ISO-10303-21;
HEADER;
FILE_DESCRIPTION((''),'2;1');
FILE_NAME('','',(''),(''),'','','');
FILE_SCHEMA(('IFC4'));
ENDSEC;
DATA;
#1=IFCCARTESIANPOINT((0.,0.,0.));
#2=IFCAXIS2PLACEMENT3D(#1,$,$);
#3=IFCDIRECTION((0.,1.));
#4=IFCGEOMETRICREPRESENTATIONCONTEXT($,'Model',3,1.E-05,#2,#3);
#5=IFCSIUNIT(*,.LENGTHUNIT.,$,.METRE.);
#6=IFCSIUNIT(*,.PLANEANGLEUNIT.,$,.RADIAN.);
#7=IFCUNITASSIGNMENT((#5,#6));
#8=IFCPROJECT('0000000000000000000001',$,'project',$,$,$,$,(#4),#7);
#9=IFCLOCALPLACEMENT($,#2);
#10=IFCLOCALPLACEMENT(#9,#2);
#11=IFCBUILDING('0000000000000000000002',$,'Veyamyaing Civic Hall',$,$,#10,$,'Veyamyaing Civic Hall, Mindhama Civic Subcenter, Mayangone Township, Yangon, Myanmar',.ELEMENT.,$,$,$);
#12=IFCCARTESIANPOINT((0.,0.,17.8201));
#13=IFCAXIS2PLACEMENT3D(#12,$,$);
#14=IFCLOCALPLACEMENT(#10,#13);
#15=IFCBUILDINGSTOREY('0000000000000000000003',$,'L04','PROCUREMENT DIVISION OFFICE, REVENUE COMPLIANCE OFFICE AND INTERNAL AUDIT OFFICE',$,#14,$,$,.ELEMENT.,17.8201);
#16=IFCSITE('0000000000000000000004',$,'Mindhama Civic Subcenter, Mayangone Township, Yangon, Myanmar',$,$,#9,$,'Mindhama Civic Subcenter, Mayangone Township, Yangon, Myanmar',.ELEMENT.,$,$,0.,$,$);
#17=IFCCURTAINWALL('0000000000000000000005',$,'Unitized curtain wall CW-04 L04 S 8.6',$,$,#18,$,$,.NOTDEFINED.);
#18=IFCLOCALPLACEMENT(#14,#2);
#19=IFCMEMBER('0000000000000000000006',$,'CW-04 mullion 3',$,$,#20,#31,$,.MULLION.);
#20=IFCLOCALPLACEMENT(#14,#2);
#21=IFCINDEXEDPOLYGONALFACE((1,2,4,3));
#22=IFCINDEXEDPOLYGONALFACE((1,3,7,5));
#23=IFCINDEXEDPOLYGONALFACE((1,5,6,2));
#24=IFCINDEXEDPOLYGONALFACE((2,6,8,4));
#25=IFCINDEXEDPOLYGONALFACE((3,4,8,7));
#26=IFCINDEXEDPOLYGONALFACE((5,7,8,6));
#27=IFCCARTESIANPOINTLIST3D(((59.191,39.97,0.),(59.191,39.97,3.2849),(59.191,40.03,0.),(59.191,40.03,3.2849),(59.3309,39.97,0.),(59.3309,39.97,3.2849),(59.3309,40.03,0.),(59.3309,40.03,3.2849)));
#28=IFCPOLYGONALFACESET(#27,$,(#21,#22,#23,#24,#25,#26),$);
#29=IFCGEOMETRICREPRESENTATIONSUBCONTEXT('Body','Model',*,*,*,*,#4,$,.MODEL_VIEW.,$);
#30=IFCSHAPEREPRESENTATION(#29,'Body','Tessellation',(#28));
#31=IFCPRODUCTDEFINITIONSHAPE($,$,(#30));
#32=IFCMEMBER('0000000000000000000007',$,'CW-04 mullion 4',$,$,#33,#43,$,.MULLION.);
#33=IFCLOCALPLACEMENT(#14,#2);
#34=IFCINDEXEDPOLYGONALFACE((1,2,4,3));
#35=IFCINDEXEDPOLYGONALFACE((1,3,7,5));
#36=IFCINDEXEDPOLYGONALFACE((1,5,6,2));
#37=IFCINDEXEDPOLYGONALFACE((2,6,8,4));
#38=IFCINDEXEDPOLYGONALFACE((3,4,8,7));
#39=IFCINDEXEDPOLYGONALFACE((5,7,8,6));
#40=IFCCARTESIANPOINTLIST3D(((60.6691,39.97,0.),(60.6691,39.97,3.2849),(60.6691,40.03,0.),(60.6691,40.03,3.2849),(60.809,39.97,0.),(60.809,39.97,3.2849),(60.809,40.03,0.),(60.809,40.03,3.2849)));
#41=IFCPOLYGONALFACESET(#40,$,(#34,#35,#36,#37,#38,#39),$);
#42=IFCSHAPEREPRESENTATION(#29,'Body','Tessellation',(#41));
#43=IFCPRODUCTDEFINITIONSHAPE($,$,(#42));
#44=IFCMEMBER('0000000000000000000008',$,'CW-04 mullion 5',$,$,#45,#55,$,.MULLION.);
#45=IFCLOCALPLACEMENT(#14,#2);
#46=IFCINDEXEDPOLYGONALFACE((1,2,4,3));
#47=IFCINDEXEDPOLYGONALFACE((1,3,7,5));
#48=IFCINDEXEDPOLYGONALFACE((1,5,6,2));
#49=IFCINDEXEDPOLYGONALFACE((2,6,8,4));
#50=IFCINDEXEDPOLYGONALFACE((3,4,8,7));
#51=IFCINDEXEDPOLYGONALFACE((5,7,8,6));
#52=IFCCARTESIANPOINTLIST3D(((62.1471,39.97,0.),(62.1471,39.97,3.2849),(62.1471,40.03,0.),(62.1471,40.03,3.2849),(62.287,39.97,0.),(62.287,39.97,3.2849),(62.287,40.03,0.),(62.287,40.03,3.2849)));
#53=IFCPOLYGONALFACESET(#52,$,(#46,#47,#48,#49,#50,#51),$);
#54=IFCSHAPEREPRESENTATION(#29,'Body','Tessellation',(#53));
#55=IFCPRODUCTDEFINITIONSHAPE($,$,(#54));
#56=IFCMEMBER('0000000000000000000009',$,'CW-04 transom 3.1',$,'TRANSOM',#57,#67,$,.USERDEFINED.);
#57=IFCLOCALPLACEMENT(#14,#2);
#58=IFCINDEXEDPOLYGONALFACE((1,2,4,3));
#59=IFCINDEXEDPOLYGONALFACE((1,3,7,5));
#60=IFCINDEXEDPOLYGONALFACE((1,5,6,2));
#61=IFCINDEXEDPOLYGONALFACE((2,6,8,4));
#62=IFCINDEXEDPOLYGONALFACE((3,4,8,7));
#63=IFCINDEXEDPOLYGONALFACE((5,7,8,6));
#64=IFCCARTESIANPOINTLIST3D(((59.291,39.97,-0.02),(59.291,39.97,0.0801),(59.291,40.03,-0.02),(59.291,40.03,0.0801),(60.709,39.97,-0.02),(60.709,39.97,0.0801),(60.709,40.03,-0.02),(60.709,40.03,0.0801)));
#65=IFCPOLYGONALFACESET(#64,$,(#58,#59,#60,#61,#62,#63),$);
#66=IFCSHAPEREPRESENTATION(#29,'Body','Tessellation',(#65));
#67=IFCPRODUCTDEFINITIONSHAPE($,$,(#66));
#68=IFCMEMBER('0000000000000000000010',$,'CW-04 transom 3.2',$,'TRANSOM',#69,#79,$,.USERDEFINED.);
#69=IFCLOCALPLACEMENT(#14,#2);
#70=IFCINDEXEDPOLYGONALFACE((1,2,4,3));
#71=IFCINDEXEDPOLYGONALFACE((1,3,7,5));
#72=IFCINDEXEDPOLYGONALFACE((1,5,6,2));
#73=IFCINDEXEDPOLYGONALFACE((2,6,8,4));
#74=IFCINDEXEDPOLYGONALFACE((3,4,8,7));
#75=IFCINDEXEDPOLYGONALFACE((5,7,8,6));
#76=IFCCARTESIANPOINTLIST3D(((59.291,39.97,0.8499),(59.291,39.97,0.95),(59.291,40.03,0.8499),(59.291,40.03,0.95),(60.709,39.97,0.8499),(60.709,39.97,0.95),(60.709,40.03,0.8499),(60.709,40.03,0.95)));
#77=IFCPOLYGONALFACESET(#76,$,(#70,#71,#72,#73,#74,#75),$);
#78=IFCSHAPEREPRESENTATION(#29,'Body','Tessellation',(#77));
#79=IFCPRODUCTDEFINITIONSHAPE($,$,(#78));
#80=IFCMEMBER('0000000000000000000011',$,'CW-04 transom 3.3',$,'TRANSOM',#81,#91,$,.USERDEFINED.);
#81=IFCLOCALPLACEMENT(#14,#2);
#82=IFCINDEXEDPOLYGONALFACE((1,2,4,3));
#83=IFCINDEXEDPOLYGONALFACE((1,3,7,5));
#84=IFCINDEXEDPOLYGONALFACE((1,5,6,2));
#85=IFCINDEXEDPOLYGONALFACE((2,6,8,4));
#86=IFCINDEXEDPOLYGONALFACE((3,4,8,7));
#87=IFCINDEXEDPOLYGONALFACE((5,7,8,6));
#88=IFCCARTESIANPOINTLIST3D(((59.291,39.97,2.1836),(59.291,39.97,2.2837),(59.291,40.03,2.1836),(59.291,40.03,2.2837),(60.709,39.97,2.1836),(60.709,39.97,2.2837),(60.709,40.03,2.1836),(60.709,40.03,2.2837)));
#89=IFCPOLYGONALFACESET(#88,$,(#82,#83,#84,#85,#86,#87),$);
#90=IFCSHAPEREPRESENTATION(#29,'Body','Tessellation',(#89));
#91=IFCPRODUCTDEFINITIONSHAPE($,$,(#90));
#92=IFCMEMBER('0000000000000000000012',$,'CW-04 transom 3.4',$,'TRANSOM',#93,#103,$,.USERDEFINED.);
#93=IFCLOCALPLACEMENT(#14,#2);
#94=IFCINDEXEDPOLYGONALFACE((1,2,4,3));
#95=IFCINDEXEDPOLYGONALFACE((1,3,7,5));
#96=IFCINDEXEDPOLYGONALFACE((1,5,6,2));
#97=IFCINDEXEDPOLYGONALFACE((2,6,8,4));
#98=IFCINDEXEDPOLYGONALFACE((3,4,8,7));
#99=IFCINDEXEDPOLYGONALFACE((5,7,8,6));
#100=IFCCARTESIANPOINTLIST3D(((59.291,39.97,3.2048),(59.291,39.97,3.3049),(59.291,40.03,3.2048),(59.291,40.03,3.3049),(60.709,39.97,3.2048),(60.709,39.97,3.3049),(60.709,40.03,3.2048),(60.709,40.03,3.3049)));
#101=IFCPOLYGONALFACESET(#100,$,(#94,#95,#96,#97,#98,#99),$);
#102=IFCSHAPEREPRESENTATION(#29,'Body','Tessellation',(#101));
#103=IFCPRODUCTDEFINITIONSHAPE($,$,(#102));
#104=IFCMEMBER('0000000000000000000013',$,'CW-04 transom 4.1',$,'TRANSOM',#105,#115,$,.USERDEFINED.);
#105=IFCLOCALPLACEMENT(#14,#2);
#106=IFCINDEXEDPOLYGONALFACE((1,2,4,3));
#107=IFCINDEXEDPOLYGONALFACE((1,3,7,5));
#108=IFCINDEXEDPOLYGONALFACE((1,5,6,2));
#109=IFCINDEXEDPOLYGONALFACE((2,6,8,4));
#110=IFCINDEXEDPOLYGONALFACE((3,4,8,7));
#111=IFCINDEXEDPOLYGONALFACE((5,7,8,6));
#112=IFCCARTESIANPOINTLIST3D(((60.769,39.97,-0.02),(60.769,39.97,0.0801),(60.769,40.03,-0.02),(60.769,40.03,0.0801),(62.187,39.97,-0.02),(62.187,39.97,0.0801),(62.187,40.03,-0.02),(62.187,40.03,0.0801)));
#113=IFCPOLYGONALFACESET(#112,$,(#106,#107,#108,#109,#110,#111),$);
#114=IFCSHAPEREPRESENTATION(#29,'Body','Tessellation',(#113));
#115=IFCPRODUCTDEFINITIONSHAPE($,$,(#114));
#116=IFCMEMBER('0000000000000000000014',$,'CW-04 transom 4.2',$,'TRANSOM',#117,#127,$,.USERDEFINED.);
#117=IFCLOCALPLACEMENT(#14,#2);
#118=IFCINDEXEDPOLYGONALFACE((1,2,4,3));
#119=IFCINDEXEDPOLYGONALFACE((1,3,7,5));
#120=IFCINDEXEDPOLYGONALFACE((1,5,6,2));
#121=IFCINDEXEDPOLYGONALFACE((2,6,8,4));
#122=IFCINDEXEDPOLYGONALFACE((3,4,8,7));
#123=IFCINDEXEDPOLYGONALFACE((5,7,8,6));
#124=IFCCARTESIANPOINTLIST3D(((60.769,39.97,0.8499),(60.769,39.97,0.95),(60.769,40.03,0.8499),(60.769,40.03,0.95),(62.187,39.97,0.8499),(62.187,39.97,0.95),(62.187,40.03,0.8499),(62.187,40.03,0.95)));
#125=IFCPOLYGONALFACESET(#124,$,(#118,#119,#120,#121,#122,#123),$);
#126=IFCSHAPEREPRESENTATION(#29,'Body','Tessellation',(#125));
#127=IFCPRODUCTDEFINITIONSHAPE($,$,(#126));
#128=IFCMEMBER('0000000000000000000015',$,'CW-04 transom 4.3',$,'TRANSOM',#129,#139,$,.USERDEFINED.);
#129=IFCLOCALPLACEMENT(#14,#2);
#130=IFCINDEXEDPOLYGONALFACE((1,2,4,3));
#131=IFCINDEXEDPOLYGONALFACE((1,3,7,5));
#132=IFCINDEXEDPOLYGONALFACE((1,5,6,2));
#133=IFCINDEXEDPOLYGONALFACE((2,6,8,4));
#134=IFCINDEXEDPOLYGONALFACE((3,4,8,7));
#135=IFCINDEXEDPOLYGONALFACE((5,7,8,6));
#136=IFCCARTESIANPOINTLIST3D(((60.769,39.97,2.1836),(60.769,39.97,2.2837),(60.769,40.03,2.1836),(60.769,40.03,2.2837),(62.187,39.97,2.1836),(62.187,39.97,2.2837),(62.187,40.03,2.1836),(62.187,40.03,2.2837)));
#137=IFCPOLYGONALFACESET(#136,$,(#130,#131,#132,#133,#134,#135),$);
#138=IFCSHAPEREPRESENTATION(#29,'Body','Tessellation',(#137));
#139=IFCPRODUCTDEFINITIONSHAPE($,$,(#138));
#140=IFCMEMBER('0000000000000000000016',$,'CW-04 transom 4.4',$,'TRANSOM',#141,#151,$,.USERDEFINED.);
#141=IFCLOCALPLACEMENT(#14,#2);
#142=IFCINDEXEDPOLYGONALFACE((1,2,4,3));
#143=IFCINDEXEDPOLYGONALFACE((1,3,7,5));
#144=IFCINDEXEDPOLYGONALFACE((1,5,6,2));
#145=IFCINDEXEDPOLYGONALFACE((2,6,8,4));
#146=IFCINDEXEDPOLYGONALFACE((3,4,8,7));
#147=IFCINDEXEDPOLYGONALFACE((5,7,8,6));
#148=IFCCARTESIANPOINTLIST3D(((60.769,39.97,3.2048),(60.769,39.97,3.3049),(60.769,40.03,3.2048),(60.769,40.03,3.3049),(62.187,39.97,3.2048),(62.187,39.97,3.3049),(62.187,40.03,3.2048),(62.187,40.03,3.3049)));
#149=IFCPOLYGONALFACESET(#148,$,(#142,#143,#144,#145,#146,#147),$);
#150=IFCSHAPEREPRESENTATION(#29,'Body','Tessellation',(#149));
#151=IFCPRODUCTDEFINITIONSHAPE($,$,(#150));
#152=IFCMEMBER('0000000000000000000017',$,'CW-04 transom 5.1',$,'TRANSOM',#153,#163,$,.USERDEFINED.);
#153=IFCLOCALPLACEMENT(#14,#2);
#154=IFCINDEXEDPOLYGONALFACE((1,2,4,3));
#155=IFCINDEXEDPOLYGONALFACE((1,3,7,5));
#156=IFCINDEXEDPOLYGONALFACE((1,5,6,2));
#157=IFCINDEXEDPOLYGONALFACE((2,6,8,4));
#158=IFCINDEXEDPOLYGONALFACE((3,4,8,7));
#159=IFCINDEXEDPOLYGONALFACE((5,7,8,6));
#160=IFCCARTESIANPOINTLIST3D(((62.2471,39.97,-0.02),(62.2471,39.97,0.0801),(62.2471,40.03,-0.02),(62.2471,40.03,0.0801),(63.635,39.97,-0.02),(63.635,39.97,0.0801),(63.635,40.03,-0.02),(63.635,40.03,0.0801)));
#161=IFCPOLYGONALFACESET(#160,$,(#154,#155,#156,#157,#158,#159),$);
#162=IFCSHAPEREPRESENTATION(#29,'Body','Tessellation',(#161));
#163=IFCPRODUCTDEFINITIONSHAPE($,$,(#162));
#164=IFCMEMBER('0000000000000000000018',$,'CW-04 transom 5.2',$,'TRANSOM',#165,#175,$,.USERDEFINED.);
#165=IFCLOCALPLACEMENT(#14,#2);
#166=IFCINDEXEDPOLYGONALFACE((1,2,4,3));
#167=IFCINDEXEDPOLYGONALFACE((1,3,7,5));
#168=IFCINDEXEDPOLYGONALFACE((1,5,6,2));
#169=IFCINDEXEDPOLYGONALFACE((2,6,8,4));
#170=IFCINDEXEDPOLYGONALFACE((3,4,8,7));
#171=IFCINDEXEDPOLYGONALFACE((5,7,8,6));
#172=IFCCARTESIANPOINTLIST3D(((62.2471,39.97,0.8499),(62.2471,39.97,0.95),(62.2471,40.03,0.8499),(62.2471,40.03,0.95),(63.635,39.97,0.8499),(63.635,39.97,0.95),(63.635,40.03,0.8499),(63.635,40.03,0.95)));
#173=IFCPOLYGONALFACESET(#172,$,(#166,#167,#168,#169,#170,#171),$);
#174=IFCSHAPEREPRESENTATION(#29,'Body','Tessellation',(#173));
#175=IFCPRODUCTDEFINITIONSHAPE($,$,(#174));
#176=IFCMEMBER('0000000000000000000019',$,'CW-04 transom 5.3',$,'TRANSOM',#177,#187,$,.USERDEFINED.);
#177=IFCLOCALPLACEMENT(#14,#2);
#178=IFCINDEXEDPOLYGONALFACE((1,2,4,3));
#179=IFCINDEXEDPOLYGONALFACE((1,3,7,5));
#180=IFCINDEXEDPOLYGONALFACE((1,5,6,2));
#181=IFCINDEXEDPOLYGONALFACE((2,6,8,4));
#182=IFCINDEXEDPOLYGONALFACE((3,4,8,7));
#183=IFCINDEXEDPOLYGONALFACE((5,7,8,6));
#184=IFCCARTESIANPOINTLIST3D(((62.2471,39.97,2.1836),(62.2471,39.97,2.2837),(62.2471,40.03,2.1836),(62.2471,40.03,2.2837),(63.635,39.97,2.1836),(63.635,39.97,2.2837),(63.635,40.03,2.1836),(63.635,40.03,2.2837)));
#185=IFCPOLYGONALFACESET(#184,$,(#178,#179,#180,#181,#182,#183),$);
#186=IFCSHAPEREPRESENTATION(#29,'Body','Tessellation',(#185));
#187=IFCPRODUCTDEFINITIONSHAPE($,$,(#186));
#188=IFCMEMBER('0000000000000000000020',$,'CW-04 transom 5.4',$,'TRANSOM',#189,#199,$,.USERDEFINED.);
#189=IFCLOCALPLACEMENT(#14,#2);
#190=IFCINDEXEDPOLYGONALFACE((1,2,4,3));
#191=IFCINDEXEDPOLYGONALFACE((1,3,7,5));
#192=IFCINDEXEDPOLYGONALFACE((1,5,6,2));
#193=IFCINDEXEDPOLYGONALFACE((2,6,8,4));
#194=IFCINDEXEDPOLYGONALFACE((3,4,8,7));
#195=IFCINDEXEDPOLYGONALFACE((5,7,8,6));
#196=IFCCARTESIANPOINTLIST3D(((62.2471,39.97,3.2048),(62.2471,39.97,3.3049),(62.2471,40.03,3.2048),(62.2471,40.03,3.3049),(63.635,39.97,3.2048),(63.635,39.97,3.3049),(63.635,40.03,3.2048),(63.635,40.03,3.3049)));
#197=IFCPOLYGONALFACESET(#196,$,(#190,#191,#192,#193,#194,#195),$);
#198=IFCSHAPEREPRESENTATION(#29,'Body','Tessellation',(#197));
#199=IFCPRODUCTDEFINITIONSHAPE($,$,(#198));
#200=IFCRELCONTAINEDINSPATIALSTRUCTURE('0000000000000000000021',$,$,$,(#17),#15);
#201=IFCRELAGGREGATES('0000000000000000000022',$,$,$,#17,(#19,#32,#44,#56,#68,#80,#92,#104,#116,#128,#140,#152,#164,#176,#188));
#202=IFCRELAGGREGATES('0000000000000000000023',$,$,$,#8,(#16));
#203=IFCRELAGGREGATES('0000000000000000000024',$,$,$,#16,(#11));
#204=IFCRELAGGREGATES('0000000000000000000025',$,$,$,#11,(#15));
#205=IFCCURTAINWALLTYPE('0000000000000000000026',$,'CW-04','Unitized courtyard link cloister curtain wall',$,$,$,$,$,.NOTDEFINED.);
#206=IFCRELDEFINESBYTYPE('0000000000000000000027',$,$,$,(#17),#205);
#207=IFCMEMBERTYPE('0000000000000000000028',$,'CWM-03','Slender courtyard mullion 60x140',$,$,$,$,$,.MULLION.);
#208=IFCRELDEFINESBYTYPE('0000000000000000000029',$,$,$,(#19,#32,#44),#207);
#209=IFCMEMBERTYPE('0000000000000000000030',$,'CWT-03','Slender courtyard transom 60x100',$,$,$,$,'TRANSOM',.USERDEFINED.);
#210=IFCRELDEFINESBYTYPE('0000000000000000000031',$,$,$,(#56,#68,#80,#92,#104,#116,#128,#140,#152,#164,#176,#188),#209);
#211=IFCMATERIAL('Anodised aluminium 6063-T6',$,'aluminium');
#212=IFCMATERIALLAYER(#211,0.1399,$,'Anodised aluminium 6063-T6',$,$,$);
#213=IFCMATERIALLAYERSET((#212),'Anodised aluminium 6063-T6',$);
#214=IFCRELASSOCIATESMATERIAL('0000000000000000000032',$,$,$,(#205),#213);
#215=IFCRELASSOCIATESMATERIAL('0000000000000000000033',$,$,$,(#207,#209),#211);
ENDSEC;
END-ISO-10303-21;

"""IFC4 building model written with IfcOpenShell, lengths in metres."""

from ifc_helpers import new_model, si_unit, direction, frame, origin, origin_2d, place, context, subcontext, project, spatial, rectangle, extrude, material, layer, layer_set, material_profile, profile_set, type_object, element, aggregate, save


model = new_model("IFC4")

# Units and contexts
model_context = context("Model", 3, precision=1e-05, world=origin(), true_north=direction((0.0, 1.0)))
body_context = subcontext(model_context, "Body", "Model", "MODEL_VIEW")
ifc_project = project(units=[si_unit("LENGTHUNIT", "METRE"), si_unit("PLANEANGLEUNIT", "RADIAN")], contexts=[model_context])

# Site, building, storey
site_placement = place(None, origin())
site = spatial("IfcSite", under=ifc_project, at=site_placement, Name="Mindhama Civic Subcenter, Mayangone Township, Yangon, Myanmar", LongName="Mindhama Civic Subcenter, Mayangone Township, Yangon, Myanmar", CompositionType="ELEMENT", RefElevation=0.0)
building_placement = place(site_placement, origin())
building = spatial("IfcBuilding", under=site, at=building_placement, Name="Veyamyaing Civic Hall", LongName="Veyamyaing Civic Hall, Mindhama Civic Subcenter, Mayangone Township, Yangon, Myanmar", CompositionType="ELEMENT")
storey_placement = place(building_placement, frame((0.0, 0.0, 17.8201)))
storey = spatial("IfcBuildingStorey", under=building, at=storey_placement, Name="L04", Description="PROCUREMENT DIVISION OFFICE, REVENUE COMPLIANCE OFFICE AND INTERNAL AUDIT OFFICE", CompositionType="ELEMENT", Elevation=17.8201)

# Curtain wall, members
ifc_material_1 = material(Name="Anodised aluminium 6063-T6", Category="aluminium")
ifc_layer_1 = layer(ifc_material_1, 0.1399, Name="Anodised aluminium 6063-T6")
ifc_layer_set_1 = layer_set([ifc_layer_1], Name="Anodised aluminium 6063-T6")
curtain_wall_type = type_object("IfcCurtainWallType", Name="CW-04", Description="Unitized courtyard link cloister curtain wall", PredefinedType="NOTDEFINED", material=ifc_layer_set_1)
curtain_wall_placement = place(storey_placement, origin())
curtain_wall = element("IfcCurtainWall", 1, at=curtain_wall_placement, inside=storey, type_object=curtain_wall_type, Name="Unitized curtain wall CW-04 L04 S 8.6", PredefinedType="NOTDEFINED")
ifc_material_profile_1 = material_profile(ifc_material_1, rectangle(XDim=0.0601, YDim=0.1399, at=origin_2d()), Name="ALU-MUL-60X140")
ifc_profile_set_1 = profile_set([ifc_material_profile_1], Name="Anodised aluminium 6063-T6")
member_type_1 = type_object("IfcMemberType", Name="CWM-03", Description="Slender courtyard mullion 60x140", PredefinedType="MULLION", material=ifc_profile_set_1)
member_1_placement = place(storey_placement, frame((59.261, 40.0, 0.0), z_axis=(0.0, 0.0, 1.0), x_axis=(0.0, 1.0, 0.0)))
member_1 = element("IfcMember", 2, at=member_1_placement, type_object=member_type_1, Name="CW-04 mullion 3", PredefinedType="MULLION", context=body_context, shape_type="SweptSolid", body=[
    extrude(rectangle(XDim=0.0601, YDim=0.1399, at=origin_2d()), origin(), (0.0, 0.0, 1.0), 3.2849),
])
member_2_placement = place(storey_placement, frame((60.739, 40.0, 0.0), z_axis=(0.0, 0.0, 1.0), x_axis=(0.0, 1.0, 0.0)))
member_2 = element("IfcMember", 3, at=member_2_placement, type_object=member_type_1, Name="CW-04 mullion 4", PredefinedType="MULLION", context=body_context, shape_type="SweptSolid", body=[
    extrude(rectangle(XDim=0.0601, YDim=0.1399, at=origin_2d()), origin(), (0.0, 0.0, 1.0), 3.2849),
])
member_3_placement = place(storey_placement, frame((62.217, 40.0, 0.0), z_axis=(0.0, 0.0, 1.0), x_axis=(0.0, 1.0, 0.0)))
member_3 = element("IfcMember", 4, at=member_3_placement, type_object=member_type_1, Name="CW-04 mullion 5", PredefinedType="MULLION", context=body_context, shape_type="SweptSolid", body=[
    extrude(rectangle(XDim=0.0601, YDim=0.1399, at=origin_2d()), origin(), (0.0, 0.0, 1.0), 3.2849),
])
ifc_material_profile_2 = material_profile(ifc_material_1, rectangle(XDim=0.0601, YDim=0.1001, at=origin_2d()), Name="ALU-TRN-60X100")
ifc_profile_set_2 = profile_set([ifc_material_profile_2], Name="Anodised aluminium 6063-T6")
member_type_2 = type_object("IfcMemberType", Name="CWT-03", Description="Slender courtyard transom 60x100", ElementType="TRANSOM", PredefinedType="USERDEFINED", material=ifc_profile_set_2)
member_4_placement = place(storey_placement, frame((59.291, 40.0, 0.03), z_axis=(1.0, 0.0, 0.0), x_axis=(0.0, 1.0, 0.0)))
member_4 = element("IfcMember", 5, at=member_4_placement, type_object=member_type_2, Name="CW-04 transom 3.1", ObjectType="TRANSOM", PredefinedType="USERDEFINED", context=body_context, shape_type="SweptSolid", body=[
    extrude(rectangle(XDim=0.0601, YDim=0.1001, at=origin_2d()), origin(), (0.0, 0.0, 1.0), 1.418),
])
member_5_placement = place(storey_placement, frame((59.291, 40.0, 0.8999), z_axis=(1.0, 0.0, 0.0), x_axis=(0.0, 1.0, 0.0)))
member_5 = element("IfcMember", 6, at=member_5_placement, type_object=member_type_2, Name="CW-04 transom 3.2", ObjectType="TRANSOM", PredefinedType="USERDEFINED", context=body_context, shape_type="SweptSolid", body=[
    extrude(rectangle(XDim=0.0601, YDim=0.1001, at=origin_2d()), origin(), (0.0, 0.0, 1.0), 1.418),
])
member_6_placement = place(storey_placement, frame((59.291, 40.0, 2.2336), z_axis=(1.0, 0.0, 0.0), x_axis=(0.0, 1.0, 0.0)))
member_6 = element("IfcMember", 7, at=member_6_placement, type_object=member_type_2, Name="CW-04 transom 3.3", ObjectType="TRANSOM", PredefinedType="USERDEFINED", context=body_context, shape_type="SweptSolid", body=[
    extrude(rectangle(XDim=0.0601, YDim=0.1001, at=origin_2d()), origin(), (0.0, 0.0, 1.0), 1.418),
])
member_7_placement = place(storey_placement, frame((59.291, 40.0, 3.2549), z_axis=(1.0, 0.0, 0.0), x_axis=(0.0, 1.0, 0.0)))
member_7 = element("IfcMember", 8, at=member_7_placement, type_object=member_type_2, Name="CW-04 transom 3.4", ObjectType="TRANSOM", PredefinedType="USERDEFINED", context=body_context, shape_type="SweptSolid", body=[
    extrude(rectangle(XDim=0.0601, YDim=0.1001, at=origin_2d()), origin(), (0.0, 0.0, 1.0), 1.418),
])
member_8_placement = place(storey_placement, frame((60.769, 40.0, 0.03), z_axis=(1.0, 0.0, 0.0), x_axis=(0.0, 1.0, 0.0)))
member_8 = element("IfcMember", 9, at=member_8_placement, type_object=member_type_2, Name="CW-04 transom 4.1", ObjectType="TRANSOM", PredefinedType="USERDEFINED", context=body_context, shape_type="SweptSolid", body=[
    extrude(rectangle(XDim=0.0601, YDim=0.1001, at=origin_2d()), origin(), (0.0, 0.0, 1.0), 1.418),
])
member_9_placement = place(storey_placement, frame((60.769, 40.0, 0.8999), z_axis=(1.0, 0.0, 0.0), x_axis=(0.0, 1.0, 0.0)))
member_9 = element("IfcMember", 10, at=member_9_placement, type_object=member_type_2, Name="CW-04 transom 4.2", ObjectType="TRANSOM", PredefinedType="USERDEFINED", context=body_context, shape_type="SweptSolid", body=[
    extrude(rectangle(XDim=0.0601, YDim=0.1001, at=origin_2d()), origin(), (0.0, 0.0, 1.0), 1.418),
])
member_10_placement = place(storey_placement, frame((60.769, 40.0, 2.2336), z_axis=(1.0, 0.0, 0.0), x_axis=(0.0, 1.0, 0.0)))
member_10 = element("IfcMember", 11, at=member_10_placement, type_object=member_type_2, Name="CW-04 transom 4.3", ObjectType="TRANSOM", PredefinedType="USERDEFINED", context=body_context, shape_type="SweptSolid", body=[
    extrude(rectangle(XDim=0.0601, YDim=0.1001, at=origin_2d()), origin(), (0.0, 0.0, 1.0), 1.418),
])
member_11_placement = place(storey_placement, frame((60.769, 40.0, 3.2549), z_axis=(1.0, 0.0, 0.0), x_axis=(0.0, 1.0, 0.0)))
member_11 = element("IfcMember", 12, at=member_11_placement, type_object=member_type_2, Name="CW-04 transom 4.4", ObjectType="TRANSOM", PredefinedType="USERDEFINED", context=body_context, shape_type="SweptSolid", body=[
    extrude(rectangle(XDim=0.0601, YDim=0.1001, at=origin_2d()), origin(), (0.0, 0.0, 1.0), 1.418),
])
member_12_placement = place(storey_placement, frame((62.2471, 40.0, 0.03), z_axis=(1.0, 0.0, 0.0), x_axis=(0.0, 1.0, 0.0)))
member_12 = element("IfcMember", 13, at=member_12_placement, type_object=member_type_2, Name="CW-04 transom 5.1", ObjectType="TRANSOM", PredefinedType="USERDEFINED", context=body_context, shape_type="SweptSolid", body=[
    extrude(rectangle(XDim=0.0601, YDim=0.1001, at=origin_2d()), origin(), (0.0, 0.0, 1.0), 1.3879),
])
member_13_placement = place(storey_placement, frame((62.2471, 40.0, 0.8999), z_axis=(1.0, 0.0, 0.0), x_axis=(0.0, 1.0, 0.0)))
member_13 = element("IfcMember", 14, at=member_13_placement, type_object=member_type_2, Name="CW-04 transom 5.2", ObjectType="TRANSOM", PredefinedType="USERDEFINED", context=body_context, shape_type="SweptSolid", body=[
    extrude(rectangle(XDim=0.0601, YDim=0.1001, at=origin_2d()), origin(), (0.0, 0.0, 1.0), 1.3879),
])
member_14_placement = place(storey_placement, frame((62.2471, 40.0, 2.2336), z_axis=(1.0, 0.0, 0.0), x_axis=(0.0, 1.0, 0.0)))
member_14 = element("IfcMember", 15, at=member_14_placement, type_object=member_type_2, Name="CW-04 transom 5.3", ObjectType="TRANSOM", PredefinedType="USERDEFINED", context=body_context, shape_type="SweptSolid", body=[
    extrude(rectangle(XDim=0.0601, YDim=0.1001, at=origin_2d()), origin(), (0.0, 0.0, 1.0), 1.3879),
])
member_15_placement = place(storey_placement, frame((62.2471, 40.0, 3.2549), z_axis=(1.0, 0.0, 0.0), x_axis=(0.0, 1.0, 0.0)))
member_15 = element("IfcMember", 16, at=member_15_placement, type_object=member_type_2, Name="CW-04 transom 5.4", ObjectType="TRANSOM", PredefinedType="USERDEFINED", context=body_context, shape_type="SweptSolid", body=[
    extrude(rectangle(XDim=0.0601, YDim=0.1001, at=origin_2d()), origin(), (0.0, 0.0, 1.0), 1.3879),
])
aggregate(curtain_wall, [member_1, member_2, member_3, member_4, member_5, member_6, member_7, member_8, member_9, member_10, member_11, member_12, member_13, member_14, member_15])

save(model, "model.ifc")
